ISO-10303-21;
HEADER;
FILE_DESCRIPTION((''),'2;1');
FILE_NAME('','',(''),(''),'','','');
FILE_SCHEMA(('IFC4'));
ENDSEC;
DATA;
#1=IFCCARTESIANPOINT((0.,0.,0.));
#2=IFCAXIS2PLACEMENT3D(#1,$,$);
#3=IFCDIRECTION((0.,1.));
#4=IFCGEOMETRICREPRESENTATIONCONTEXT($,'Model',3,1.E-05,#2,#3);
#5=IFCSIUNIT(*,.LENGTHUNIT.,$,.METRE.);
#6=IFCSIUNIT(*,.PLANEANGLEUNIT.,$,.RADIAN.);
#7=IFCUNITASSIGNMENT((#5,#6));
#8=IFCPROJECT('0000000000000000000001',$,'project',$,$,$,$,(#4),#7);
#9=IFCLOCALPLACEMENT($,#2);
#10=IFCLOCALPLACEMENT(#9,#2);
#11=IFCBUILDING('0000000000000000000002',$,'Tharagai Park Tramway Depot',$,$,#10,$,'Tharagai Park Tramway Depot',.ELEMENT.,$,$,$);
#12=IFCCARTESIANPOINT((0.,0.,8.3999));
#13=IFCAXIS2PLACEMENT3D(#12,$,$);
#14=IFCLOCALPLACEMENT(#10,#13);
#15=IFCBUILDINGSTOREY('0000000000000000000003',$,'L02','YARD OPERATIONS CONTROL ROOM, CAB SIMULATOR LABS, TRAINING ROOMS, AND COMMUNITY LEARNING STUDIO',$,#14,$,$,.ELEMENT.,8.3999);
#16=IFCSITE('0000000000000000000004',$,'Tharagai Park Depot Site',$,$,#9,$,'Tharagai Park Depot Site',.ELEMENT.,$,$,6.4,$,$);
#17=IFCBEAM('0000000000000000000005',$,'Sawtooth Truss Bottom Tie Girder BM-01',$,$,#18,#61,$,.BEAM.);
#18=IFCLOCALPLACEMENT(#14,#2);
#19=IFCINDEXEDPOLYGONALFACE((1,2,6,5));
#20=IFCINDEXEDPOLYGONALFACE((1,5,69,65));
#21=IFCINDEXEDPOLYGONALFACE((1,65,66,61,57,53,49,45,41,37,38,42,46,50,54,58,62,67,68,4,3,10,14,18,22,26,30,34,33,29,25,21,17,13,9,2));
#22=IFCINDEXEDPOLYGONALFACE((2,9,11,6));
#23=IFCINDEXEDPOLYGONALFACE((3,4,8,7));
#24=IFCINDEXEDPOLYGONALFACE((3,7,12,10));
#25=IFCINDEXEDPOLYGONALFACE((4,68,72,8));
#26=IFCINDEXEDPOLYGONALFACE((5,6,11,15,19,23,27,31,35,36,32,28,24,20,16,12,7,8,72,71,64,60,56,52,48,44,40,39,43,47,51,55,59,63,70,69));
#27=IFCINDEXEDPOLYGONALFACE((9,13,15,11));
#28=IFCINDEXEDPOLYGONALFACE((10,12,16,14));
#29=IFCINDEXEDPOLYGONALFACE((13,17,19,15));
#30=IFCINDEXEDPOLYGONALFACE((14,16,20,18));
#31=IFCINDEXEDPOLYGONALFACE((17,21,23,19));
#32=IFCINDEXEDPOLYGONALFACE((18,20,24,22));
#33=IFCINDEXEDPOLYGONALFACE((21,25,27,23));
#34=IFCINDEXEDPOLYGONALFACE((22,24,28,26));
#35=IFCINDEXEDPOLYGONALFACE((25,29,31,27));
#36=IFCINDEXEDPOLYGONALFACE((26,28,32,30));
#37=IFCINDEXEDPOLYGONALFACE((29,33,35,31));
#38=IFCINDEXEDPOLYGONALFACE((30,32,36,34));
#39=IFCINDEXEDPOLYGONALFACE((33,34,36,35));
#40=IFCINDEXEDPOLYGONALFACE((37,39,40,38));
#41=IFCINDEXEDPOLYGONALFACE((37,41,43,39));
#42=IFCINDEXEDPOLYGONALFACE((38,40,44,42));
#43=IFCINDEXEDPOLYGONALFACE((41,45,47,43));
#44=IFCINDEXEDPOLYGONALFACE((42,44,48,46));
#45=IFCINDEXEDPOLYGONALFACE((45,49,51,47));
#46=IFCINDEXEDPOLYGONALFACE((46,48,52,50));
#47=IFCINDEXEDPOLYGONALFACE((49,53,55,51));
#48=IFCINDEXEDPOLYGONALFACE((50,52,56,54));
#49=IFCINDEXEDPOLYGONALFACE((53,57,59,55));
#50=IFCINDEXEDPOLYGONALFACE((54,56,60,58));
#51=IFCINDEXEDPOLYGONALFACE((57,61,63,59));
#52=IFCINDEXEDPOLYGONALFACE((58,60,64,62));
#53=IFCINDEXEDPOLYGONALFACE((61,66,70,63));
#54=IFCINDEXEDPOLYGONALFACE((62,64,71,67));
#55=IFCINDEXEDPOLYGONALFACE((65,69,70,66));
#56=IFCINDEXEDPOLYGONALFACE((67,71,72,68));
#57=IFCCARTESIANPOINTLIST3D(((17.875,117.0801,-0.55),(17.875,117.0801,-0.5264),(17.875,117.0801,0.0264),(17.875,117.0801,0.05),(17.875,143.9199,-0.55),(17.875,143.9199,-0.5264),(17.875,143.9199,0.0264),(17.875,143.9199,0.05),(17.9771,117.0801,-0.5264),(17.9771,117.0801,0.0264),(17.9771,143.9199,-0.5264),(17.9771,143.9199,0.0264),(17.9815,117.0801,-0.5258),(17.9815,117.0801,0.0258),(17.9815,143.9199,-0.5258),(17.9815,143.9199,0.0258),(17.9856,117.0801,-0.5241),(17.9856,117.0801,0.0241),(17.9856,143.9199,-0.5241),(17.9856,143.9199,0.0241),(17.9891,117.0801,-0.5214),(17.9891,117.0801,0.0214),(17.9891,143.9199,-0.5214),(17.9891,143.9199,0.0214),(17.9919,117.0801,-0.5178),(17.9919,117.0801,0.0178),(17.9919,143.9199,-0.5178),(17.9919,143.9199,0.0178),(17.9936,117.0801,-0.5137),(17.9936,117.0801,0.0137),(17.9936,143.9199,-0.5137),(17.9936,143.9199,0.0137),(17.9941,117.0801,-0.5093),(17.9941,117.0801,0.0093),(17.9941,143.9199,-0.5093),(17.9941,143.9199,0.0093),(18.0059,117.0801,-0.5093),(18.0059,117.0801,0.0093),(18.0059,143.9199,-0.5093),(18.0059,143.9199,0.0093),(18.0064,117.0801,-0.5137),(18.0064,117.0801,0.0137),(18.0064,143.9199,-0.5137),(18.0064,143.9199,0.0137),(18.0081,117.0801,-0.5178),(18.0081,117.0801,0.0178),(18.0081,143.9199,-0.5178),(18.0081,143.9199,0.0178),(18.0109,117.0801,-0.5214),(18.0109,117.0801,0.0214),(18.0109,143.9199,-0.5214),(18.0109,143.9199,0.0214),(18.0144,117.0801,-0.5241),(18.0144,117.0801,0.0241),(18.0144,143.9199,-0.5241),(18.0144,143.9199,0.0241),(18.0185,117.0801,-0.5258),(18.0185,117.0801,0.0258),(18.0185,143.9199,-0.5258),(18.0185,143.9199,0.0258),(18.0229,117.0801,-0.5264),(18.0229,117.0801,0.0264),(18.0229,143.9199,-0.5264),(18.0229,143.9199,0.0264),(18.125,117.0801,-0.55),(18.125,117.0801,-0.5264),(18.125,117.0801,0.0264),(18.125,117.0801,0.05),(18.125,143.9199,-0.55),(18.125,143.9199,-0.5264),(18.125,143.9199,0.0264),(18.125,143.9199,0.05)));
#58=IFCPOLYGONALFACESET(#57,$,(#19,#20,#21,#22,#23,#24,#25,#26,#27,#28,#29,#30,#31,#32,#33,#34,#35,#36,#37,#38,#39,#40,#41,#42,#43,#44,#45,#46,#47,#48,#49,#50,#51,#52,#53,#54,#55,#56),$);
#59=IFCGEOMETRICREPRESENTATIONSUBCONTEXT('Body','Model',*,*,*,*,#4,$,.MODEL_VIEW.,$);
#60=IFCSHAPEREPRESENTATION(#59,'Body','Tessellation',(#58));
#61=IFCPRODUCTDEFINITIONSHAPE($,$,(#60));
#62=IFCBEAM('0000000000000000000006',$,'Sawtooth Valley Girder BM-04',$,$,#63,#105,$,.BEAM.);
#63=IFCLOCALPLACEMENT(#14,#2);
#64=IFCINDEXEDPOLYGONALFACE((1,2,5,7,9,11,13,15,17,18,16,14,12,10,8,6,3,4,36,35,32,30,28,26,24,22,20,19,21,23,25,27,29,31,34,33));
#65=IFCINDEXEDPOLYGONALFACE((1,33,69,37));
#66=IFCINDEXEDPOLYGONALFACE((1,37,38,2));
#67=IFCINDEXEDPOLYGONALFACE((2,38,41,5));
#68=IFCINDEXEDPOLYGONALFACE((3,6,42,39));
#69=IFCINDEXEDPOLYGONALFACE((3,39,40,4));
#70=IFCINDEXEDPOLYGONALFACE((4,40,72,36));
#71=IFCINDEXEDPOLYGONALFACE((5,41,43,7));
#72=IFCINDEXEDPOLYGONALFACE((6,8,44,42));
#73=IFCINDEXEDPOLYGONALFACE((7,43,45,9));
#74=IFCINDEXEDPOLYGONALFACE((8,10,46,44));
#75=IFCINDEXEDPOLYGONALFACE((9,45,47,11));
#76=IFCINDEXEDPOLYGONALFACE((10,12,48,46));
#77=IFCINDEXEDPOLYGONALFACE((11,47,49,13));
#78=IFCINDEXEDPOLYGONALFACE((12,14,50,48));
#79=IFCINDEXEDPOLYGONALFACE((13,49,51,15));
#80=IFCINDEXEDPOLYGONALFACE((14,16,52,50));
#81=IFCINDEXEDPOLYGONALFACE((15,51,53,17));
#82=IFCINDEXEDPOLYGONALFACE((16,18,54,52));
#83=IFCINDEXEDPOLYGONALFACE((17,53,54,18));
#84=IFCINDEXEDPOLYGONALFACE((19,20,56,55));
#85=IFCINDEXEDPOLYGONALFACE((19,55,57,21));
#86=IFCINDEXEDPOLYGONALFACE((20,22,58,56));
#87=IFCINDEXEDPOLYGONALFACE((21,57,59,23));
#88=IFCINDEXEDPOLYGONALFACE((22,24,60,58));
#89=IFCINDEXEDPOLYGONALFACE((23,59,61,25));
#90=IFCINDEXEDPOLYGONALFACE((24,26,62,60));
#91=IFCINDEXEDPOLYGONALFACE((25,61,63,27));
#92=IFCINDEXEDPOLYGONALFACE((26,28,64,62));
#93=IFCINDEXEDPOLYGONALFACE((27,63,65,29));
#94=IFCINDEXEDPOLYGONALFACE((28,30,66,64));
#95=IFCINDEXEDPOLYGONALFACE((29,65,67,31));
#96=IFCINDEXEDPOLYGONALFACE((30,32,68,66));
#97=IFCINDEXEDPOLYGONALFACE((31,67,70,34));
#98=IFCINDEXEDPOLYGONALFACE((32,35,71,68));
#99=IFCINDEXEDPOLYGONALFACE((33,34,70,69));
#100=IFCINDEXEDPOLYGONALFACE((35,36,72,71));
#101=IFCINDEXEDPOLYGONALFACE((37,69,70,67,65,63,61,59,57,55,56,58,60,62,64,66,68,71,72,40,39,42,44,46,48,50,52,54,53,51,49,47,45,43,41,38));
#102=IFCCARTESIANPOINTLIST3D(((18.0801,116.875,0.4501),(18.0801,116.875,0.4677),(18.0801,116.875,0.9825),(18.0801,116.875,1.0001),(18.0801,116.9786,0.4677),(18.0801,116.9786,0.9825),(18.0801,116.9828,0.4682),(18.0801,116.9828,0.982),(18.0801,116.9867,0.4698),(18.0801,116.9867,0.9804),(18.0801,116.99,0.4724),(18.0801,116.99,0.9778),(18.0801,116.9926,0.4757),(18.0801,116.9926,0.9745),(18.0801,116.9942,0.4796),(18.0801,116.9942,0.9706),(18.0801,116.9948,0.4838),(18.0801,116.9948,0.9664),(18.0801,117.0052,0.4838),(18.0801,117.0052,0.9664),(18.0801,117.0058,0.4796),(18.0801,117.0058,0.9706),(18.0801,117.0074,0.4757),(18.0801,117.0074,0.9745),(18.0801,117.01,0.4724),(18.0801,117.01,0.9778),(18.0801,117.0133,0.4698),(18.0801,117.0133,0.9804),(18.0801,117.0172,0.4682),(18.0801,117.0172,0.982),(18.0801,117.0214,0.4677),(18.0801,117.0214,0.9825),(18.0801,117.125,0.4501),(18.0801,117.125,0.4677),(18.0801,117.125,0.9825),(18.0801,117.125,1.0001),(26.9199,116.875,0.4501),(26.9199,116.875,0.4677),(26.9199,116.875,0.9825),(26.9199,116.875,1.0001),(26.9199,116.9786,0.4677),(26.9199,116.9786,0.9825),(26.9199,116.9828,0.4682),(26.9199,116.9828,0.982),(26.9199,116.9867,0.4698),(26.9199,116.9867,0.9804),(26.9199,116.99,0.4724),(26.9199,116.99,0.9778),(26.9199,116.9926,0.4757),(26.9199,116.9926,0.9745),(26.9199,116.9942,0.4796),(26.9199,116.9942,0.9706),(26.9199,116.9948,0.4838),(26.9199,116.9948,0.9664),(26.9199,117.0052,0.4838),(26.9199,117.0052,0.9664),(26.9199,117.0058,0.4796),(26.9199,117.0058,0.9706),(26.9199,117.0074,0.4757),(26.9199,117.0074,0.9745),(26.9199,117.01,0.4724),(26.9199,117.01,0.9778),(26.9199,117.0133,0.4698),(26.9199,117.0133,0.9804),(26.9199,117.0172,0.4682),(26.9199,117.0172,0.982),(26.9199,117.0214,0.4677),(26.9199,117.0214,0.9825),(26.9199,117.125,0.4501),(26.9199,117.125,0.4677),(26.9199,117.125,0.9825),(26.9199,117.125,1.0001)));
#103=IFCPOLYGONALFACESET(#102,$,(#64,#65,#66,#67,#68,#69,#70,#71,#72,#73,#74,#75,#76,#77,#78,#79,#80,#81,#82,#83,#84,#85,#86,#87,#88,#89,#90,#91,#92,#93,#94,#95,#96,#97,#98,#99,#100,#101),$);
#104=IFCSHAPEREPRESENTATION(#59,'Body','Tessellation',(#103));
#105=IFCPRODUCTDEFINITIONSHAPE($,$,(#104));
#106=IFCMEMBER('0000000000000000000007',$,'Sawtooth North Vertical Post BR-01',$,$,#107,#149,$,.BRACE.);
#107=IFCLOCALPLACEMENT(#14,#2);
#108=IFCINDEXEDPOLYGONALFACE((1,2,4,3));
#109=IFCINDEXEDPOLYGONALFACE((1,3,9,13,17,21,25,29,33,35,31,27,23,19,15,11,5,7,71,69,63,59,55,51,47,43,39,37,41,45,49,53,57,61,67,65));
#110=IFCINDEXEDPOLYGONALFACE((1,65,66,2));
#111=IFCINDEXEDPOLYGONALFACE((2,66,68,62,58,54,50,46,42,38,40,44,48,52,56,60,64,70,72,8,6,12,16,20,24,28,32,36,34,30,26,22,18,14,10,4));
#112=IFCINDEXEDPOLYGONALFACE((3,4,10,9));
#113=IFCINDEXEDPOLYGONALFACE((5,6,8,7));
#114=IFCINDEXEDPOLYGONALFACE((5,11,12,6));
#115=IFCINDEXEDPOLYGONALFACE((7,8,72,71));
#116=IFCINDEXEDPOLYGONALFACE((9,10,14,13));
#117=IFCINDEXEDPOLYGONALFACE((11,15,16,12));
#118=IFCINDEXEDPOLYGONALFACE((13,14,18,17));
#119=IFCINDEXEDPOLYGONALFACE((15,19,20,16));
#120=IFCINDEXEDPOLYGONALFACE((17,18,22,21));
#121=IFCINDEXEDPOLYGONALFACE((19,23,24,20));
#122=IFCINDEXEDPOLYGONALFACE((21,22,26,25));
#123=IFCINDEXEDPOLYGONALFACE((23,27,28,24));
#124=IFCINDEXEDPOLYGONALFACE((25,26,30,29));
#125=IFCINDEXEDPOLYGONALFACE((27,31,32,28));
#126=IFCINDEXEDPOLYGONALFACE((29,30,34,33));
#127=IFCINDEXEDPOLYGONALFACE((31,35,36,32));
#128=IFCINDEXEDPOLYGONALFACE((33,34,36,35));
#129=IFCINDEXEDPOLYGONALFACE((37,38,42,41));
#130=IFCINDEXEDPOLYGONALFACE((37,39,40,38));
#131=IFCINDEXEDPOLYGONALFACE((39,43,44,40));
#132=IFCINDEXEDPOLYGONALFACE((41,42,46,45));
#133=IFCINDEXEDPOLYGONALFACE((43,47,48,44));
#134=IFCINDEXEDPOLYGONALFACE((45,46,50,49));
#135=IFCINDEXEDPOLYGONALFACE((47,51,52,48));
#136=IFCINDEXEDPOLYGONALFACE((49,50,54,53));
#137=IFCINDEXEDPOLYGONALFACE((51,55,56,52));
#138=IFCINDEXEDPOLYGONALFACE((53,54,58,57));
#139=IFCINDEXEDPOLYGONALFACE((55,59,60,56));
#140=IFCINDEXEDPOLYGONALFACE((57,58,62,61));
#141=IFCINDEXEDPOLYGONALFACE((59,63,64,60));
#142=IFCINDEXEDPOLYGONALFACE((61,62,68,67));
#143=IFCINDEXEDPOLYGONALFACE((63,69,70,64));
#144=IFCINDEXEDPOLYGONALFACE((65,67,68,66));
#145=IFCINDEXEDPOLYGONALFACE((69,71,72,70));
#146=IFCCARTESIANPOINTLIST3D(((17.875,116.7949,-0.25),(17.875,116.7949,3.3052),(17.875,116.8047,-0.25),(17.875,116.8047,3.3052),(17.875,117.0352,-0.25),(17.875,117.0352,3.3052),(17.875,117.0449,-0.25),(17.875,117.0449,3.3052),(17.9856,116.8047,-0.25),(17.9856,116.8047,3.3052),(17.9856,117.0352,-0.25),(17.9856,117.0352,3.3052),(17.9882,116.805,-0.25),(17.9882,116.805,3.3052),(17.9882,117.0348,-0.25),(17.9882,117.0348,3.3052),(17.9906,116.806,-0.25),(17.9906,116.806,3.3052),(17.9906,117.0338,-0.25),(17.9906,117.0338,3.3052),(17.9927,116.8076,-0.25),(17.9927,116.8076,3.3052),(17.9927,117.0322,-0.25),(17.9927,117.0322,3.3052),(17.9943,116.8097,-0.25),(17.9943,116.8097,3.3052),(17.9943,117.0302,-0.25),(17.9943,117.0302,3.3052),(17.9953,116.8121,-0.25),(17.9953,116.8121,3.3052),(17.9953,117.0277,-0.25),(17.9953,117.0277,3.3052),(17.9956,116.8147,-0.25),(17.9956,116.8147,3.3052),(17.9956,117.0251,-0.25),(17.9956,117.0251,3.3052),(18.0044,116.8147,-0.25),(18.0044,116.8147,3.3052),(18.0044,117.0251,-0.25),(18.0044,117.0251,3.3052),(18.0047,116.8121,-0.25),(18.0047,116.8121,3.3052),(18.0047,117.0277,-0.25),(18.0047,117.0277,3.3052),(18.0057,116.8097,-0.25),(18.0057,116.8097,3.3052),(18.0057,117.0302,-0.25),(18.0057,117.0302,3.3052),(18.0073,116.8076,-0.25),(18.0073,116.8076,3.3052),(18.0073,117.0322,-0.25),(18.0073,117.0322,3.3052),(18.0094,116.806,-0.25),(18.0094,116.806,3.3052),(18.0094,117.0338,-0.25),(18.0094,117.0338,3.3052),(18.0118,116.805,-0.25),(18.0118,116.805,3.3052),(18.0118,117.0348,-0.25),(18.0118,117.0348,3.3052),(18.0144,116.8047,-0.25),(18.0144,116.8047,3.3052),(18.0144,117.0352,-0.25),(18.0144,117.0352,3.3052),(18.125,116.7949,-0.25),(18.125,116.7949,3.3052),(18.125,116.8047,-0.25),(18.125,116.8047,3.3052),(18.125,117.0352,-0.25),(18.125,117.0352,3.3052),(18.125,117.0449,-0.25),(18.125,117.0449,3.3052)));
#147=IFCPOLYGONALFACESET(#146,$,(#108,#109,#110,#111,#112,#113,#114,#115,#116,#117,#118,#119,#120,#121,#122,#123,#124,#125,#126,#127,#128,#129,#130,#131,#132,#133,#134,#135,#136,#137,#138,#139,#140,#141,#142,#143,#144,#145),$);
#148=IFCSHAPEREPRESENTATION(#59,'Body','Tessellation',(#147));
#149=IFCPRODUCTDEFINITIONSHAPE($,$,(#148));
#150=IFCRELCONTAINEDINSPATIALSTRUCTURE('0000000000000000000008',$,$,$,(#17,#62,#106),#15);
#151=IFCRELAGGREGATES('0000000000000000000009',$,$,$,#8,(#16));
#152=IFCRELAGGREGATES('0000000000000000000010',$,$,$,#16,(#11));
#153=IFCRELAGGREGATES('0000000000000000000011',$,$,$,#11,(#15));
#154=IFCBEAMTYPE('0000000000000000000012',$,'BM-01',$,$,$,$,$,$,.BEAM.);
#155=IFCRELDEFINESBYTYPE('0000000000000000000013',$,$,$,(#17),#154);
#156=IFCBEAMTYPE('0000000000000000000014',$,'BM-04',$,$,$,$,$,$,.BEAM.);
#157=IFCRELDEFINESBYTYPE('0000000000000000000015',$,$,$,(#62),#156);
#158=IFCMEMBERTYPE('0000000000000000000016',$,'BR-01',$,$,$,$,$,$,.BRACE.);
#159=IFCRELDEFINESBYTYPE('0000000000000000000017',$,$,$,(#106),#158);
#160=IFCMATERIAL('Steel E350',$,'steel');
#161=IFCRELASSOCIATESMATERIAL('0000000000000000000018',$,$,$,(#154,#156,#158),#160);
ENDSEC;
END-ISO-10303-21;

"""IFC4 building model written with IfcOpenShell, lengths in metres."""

from ifc_helpers import new_model, si_unit, direction, frame, origin, origin_2d, place, context, subcontext, project, spatial, i_section, extrude, material, material_profile, profile_set, type_object, element, save


model = new_model("IFC4")

# Units and contexts
model_context = context("Model", 3, precision=1e-05, world=origin(), true_north=direction((0.0, 1.0)))
body_context = subcontext(model_context, "Body", "Model", "MODEL_VIEW")
ifc_project = project(units=[si_unit("LENGTHUNIT", "METRE"), si_unit("PLANEANGLEUNIT", "RADIAN")], contexts=[model_context])

# Site, building, storey
site_placement = place(None, origin())
site = spatial("IfcSite", under=ifc_project, at=site_placement, Name="Tharagai Park Depot Site", LongName="Tharagai Park Depot Site", CompositionType="ELEMENT", RefElevation=6.4)
building_placement = place(site_placement, origin())
building = spatial("IfcBuilding", under=site, at=building_placement, Name="Tharagai Park Tramway Depot", LongName="Tharagai Park Tramway Depot", CompositionType="ELEMENT")
storey_placement = place(building_placement, frame((0.0, 0.0, 8.3999)))
storey = spatial("IfcBuildingStorey", under=building, at=storey_placement, Name="L02", Description="YARD OPERATIONS CONTROL ROOM, CAB SIMULATOR LABS, TRAINING ROOMS, AND COMMUNITY LEARNING STUDIO", CompositionType="ELEMENT", Elevation=8.3999)

# Beams
ifc_material_1 = material(Name="Steel E350", Category="steel")
ifc_material_profile_1 = material_profile(ifc_material_1, i_section(OverallWidth=0.25, OverallDepth=0.6001, WebThickness=0.0117, FlangeThickness=0.0237, FilletRadius=0.0171, at=origin_2d()), Name="ISWB 600")
ifc_profile_set_1 = profile_set([ifc_material_profile_1], Name="Steel E350")
beam_type_1 = type_object("IfcBeamType", Name="BM-01", PredefinedType="BEAM", material=ifc_profile_set_1)
beam_1_placement = place(storey_placement, frame((18.0, 117.0801, -0.25), z_axis=(0.0, 1.0, 0.0), x_axis=(-1.0, 0.0, 0.0)))
element("IfcBeam", 1, at=beam_1_placement, inside=storey, type_object=beam_type_1, Name="Sawtooth Truss Bottom Tie Girder BM-01", PredefinedType="BEAM", context=body_context, shape_type="SweptSolid", body=[
    extrude(i_section(OverallWidth=0.25, OverallDepth=0.6001, WebThickness=0.0117, FlangeThickness=0.0237, FilletRadius=0.0171, at=origin_2d()), origin(), (0.0, 0.0, 1.0), 26.8398),
])
ifc_material_profile_2 = material_profile(ifc_material_1, i_section(OverallWidth=0.25, OverallDepth=0.55, WebThickness=0.0105, FlangeThickness=0.0176, FilletRadius=0.0161, at=origin_2d()), Name="ISWB 550")
ifc_profile_set_2 = profile_set([ifc_material_profile_2], Name="Steel E350")
beam_type_2 = type_object("IfcBeamType", Name="BM-04", PredefinedType="BEAM", material=ifc_profile_set_2)
beam_2_placement = place(storey_placement, frame((18.0801, 117.0, 0.7251), z_axis=(1.0, 0.0, 0.0), x_axis=(0.0, 1.0, 0.0)))
element("IfcBeam", 2, at=beam_2_placement, inside=storey, type_object=beam_type_2, Name="Sawtooth Valley Girder BM-04", PredefinedType="BEAM", context=body_context, shape_type="SweptSolid", body=[
    extrude(i_section(OverallWidth=0.25, OverallDepth=0.55, WebThickness=0.0105, FlangeThickness=0.0176, FilletRadius=0.0161, at=origin_2d()), origin(), (0.0, 0.0, 1.0), 8.8398),
])

# Member
ifc_material_profile_3 = material_profile(ifc_material_1, i_section(OverallWidth=0.25, OverallDepth=0.25, WebThickness=0.0088, FlangeThickness=0.0098, FilletRadius=0.01, at=origin_2d()), Name="ISHB 250")
ifc_profile_set_3 = profile_set([ifc_material_profile_3], Name="Steel E350")
member_type_1 = type_object("IfcMemberType", Name="BR-01", PredefinedType="BRACE", material=ifc_profile_set_3)
member_1_placement = place(storey_placement, frame((18.0, 116.9199, -0.25), z_axis=(0.0, 0.0, 1.0), x_axis=(1.0, 0.0, 0.0)))
element("IfcMember", 3, at=member_1_placement, inside=storey, type_object=member_type_1, Name="Sawtooth North Vertical Post BR-01", PredefinedType="BRACE", context=body_context, shape_type="SweptSolid", body=[
    extrude(i_section(OverallWidth=0.25, OverallDepth=0.25, WebThickness=0.0088, FlangeThickness=0.0098, FilletRadius=0.01, at=origin_2d()), origin(), (0.0, 0.0, 1.0), 3.5552),
])

save(model, "model.ifc")
